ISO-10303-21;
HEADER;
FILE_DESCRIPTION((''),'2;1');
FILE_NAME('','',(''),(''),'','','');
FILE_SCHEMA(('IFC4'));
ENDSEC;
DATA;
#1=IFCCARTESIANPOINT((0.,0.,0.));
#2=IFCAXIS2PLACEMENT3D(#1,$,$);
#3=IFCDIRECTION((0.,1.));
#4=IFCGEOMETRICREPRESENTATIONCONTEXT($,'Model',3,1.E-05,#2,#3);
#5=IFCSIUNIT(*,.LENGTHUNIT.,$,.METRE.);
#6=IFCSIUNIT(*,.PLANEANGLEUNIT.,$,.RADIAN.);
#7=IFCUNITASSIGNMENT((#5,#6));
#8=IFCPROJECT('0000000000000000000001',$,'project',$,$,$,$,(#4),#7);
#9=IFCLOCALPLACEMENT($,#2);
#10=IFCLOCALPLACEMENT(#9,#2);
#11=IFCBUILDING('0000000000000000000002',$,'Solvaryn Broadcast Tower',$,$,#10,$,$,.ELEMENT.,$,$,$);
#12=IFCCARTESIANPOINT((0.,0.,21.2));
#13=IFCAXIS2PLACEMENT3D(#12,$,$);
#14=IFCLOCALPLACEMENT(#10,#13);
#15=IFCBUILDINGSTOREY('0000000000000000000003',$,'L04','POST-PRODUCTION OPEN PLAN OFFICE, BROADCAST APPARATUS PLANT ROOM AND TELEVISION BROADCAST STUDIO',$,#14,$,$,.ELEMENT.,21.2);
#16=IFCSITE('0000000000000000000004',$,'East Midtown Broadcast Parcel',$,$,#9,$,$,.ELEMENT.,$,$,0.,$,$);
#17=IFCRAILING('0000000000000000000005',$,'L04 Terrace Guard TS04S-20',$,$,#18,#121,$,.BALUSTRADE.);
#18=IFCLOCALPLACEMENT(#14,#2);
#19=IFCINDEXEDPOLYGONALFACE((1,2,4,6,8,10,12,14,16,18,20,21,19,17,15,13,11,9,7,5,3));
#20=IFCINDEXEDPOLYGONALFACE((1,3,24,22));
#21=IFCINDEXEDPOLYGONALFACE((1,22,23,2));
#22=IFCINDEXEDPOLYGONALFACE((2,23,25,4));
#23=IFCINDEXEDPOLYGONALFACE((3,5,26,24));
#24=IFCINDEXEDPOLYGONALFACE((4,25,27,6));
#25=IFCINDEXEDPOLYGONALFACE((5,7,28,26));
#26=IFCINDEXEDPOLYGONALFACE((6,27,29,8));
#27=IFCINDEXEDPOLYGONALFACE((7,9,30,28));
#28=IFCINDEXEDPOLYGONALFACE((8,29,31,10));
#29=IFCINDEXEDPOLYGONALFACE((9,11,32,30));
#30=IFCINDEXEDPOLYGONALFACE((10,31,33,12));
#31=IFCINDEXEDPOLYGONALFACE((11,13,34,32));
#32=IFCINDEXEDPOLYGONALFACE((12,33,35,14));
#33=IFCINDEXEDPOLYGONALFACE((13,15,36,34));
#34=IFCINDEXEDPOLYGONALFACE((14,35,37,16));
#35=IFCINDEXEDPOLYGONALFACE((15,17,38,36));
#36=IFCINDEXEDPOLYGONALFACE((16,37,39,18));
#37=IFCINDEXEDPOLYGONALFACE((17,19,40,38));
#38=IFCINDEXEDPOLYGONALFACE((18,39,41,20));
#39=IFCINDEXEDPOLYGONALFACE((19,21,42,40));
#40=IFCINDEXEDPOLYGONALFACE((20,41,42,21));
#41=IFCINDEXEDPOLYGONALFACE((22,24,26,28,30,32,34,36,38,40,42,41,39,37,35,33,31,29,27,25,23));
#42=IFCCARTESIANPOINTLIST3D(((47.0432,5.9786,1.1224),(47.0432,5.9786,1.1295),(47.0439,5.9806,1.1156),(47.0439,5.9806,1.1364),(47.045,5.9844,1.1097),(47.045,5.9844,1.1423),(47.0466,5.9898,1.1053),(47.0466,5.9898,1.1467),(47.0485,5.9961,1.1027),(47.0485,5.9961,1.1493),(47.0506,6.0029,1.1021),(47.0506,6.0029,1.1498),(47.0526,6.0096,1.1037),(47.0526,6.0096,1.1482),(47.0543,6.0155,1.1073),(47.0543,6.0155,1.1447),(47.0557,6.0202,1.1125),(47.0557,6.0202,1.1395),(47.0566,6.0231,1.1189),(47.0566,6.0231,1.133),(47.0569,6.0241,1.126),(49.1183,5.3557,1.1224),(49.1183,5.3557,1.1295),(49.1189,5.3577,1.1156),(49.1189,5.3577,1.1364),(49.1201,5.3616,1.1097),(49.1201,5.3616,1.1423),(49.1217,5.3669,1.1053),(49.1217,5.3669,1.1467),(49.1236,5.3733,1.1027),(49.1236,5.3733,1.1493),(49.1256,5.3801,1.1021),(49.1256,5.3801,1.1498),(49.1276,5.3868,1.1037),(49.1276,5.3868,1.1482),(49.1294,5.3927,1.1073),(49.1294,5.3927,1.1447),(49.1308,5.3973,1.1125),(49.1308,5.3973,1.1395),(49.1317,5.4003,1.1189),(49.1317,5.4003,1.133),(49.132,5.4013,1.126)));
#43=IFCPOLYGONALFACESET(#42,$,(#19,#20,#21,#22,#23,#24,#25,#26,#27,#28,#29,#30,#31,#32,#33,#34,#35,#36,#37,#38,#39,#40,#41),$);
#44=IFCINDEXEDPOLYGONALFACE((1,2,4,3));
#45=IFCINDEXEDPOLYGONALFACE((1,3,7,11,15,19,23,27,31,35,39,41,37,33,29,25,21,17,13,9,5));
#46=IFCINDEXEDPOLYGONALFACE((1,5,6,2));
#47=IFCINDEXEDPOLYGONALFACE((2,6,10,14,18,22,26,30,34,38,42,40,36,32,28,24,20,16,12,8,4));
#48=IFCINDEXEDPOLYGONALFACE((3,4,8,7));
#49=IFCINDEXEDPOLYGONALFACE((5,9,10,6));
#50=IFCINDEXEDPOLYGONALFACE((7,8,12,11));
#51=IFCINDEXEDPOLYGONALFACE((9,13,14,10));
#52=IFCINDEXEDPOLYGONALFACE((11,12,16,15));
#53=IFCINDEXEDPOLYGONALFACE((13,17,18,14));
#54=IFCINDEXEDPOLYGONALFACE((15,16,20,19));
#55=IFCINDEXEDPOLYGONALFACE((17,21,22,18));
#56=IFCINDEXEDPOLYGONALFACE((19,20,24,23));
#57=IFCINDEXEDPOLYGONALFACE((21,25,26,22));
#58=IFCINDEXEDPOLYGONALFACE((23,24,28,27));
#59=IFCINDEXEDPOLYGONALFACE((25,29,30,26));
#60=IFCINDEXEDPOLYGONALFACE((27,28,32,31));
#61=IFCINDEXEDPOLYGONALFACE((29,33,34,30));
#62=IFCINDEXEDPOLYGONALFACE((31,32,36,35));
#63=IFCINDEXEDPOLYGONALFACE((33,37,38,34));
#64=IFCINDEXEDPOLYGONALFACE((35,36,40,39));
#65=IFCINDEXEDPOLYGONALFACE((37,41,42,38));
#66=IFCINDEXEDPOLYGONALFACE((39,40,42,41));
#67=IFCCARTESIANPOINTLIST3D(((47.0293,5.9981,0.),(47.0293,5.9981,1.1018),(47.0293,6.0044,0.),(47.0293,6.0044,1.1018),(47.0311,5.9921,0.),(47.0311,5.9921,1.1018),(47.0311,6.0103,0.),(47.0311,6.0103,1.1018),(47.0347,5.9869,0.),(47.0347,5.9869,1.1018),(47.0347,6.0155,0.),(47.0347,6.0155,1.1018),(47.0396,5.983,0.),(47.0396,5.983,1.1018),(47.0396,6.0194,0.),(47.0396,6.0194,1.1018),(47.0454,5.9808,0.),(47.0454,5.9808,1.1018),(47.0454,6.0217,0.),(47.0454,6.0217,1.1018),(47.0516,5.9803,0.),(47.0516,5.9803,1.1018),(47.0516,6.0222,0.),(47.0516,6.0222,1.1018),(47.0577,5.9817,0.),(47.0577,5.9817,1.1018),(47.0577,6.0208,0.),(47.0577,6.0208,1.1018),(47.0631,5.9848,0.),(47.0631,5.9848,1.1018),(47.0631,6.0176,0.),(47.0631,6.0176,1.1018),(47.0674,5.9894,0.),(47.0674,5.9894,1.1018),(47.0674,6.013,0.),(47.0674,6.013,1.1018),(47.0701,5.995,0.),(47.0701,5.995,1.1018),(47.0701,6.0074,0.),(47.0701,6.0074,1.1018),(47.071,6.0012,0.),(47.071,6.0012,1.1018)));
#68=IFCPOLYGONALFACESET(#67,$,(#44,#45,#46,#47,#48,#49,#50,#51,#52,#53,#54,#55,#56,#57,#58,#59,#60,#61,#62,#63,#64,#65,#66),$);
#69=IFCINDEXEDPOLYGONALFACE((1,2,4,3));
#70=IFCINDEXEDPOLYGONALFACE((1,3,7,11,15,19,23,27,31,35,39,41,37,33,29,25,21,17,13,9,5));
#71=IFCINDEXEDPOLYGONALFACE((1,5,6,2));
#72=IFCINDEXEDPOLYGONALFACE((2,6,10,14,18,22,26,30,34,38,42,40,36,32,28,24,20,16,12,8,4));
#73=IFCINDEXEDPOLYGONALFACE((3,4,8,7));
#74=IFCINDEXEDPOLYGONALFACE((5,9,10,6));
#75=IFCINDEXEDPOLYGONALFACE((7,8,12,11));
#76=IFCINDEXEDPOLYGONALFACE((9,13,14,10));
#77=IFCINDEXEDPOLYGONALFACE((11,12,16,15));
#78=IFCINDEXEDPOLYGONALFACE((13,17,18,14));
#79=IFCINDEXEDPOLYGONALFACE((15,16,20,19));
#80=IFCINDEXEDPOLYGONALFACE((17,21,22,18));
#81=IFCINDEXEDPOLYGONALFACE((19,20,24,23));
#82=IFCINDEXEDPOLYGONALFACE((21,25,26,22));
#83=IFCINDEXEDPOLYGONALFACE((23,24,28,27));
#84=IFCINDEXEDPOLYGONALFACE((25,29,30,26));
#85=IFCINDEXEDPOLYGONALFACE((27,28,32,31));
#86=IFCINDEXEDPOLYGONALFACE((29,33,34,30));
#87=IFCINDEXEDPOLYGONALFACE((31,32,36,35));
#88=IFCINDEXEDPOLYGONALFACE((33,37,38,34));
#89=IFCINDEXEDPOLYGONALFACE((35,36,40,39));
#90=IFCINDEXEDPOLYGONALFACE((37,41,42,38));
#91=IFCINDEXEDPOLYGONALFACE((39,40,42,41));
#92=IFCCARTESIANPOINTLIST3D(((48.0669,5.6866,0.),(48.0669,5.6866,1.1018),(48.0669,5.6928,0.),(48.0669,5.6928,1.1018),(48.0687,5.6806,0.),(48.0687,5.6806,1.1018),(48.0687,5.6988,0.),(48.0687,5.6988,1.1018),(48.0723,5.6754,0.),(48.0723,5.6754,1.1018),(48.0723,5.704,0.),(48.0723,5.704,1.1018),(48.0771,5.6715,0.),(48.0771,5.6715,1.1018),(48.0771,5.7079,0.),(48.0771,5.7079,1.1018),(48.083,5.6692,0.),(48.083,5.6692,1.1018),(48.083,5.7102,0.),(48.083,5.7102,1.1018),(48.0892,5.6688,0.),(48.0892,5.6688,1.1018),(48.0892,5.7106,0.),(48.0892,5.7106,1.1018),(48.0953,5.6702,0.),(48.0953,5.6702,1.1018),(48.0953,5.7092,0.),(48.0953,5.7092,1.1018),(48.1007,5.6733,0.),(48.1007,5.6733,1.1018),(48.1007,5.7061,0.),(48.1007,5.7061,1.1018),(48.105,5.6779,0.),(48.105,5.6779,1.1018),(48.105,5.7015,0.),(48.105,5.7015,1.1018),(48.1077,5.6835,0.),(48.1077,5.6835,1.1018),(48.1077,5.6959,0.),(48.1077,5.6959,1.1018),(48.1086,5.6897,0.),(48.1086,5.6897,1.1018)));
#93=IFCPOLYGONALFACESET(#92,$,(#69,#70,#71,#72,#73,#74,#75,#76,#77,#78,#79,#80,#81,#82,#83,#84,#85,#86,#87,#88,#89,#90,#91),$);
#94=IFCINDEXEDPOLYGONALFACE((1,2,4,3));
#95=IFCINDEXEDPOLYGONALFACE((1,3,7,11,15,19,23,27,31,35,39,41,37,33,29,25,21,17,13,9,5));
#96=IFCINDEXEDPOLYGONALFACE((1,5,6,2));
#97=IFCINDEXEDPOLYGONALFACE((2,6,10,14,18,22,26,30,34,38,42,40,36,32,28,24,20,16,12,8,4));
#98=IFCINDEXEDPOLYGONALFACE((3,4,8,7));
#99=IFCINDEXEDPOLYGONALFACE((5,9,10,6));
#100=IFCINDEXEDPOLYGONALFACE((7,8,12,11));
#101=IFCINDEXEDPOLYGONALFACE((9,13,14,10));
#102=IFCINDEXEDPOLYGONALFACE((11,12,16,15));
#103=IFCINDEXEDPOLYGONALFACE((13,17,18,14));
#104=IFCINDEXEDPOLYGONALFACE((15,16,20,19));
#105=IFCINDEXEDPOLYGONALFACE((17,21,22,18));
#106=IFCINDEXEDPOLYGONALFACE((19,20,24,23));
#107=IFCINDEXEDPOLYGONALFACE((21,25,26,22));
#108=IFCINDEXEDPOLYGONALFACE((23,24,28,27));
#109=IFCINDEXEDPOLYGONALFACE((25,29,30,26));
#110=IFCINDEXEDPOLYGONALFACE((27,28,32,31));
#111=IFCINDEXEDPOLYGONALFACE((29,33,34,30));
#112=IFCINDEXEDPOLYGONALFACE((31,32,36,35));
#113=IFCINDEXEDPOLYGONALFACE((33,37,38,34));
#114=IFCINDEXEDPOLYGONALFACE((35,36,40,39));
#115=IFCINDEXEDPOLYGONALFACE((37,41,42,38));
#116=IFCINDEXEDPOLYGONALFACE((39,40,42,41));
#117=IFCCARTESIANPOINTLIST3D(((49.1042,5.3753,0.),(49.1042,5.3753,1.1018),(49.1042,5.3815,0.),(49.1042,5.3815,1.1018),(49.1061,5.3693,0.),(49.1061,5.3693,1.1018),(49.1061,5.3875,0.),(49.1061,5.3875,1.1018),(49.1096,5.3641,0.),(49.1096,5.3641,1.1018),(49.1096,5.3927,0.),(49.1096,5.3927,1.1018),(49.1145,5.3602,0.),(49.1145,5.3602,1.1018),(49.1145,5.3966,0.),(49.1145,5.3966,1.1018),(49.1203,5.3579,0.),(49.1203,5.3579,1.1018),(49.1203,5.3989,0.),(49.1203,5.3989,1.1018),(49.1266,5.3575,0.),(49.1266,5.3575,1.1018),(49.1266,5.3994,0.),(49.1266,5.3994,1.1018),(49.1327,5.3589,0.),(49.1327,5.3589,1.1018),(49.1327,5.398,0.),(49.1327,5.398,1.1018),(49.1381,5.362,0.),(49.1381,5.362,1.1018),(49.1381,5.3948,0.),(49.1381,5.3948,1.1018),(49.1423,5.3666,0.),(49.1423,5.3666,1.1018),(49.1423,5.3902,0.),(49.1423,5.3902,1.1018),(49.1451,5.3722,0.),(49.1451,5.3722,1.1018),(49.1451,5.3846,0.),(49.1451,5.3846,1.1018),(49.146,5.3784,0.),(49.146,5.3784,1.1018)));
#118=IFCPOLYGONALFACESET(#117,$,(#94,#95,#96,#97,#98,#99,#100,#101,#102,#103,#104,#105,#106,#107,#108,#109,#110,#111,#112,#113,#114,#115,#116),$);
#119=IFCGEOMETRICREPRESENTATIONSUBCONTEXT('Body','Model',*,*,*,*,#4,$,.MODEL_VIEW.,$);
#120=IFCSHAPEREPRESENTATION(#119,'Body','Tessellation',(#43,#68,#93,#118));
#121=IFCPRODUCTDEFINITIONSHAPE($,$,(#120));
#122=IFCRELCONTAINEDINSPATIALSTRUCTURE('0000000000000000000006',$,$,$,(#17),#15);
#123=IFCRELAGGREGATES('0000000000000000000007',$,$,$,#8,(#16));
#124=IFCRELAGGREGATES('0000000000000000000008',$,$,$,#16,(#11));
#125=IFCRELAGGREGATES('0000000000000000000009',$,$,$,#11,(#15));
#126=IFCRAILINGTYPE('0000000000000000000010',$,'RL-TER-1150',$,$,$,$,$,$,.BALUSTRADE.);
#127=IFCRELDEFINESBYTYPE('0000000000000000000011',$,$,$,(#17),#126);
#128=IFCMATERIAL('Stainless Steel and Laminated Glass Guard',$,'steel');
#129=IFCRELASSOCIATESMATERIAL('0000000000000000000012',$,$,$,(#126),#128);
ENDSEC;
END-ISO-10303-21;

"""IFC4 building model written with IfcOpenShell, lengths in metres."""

from ifc_helpers import new_model, si_unit, direction, frame, origin, origin_2d, place, context, subcontext, project, spatial, circle, extrude, material, type_object, element, save


model = new_model("IFC4")

# Units and contexts
model_context = context("Model", 3, precision=1e-05, world=origin(), true_north=direction((0.0, 1.0)))
body_context = subcontext(model_context, "Body", "Model", "MODEL_VIEW")
ifc_project = project(units=[si_unit("LENGTHUNIT", "METRE"), si_unit("PLANEANGLEUNIT", "RADIAN")], contexts=[model_context])

# Site, building, storey
site_placement = place(None, origin())
site = spatial("IfcSite", under=ifc_project, at=site_placement, Name="East Midtown Broadcast Parcel", CompositionType="ELEMENT", RefElevation=0.0)
building_placement = place(site_placement, origin())
building = spatial("IfcBuilding", under=site, at=building_placement, Name="Solvaryn Broadcast Tower", CompositionType="ELEMENT")
storey_placement = place(building_placement, frame((0.0, 0.0, 21.2)))
storey = spatial("IfcBuildingStorey", under=building, at=storey_placement, Name="L04", Description="POST-PRODUCTION OPEN PLAN OFFICE, BROADCAST APPARATUS PLANT ROOM AND TELEVISION BROADCAST STUDIO", CompositionType="ELEMENT", Elevation=21.2)

# Railing
ifc_material_1 = material(Name="Stainless Steel and Laminated Glass Guard", Category="steel")
railing_type = type_object("IfcRailingType", Name="RL-TER-1150", PredefinedType="BALUSTRADE", material=ifc_material_1)
railing_1_placement = place(storey_placement, frame((47.05, 6.0012, 0.0)))
element("IfcRailing", 1, at=railing_1_placement, inside=storey, type_object=railing_type, Name="L04 Terrace Guard TS04S-20", PredefinedType="BALUSTRADE", context=body_context, shape_type="SweptSolid", body=[
    extrude(circle(Radius=0.0239, at=origin_2d()), frame((0.0, 0.0, 1.126), z_axis=(0.957786, -0.287482, 0.0), x_axis=(0.287482, 0.957786, 0.0)), (0.0, 0.0, 1.0), 2.1665),
    extrude(circle(Radius=0.021, at=origin_2d()), origin(), (0.0, 0.0, 1.0), 1.1018),
    extrude(circle(Radius=0.021, at=origin_2d()), frame((1.0376, -0.3115, 0.0)), (0.0, 0.0, 1.0), 1.1018),
    extrude(circle(Radius=0.021, at=origin_2d()), frame((2.075, -0.6228, 0.0)), (0.0, 0.0, 1.0), 1.1018),
])

save(model, "model.ifc")
